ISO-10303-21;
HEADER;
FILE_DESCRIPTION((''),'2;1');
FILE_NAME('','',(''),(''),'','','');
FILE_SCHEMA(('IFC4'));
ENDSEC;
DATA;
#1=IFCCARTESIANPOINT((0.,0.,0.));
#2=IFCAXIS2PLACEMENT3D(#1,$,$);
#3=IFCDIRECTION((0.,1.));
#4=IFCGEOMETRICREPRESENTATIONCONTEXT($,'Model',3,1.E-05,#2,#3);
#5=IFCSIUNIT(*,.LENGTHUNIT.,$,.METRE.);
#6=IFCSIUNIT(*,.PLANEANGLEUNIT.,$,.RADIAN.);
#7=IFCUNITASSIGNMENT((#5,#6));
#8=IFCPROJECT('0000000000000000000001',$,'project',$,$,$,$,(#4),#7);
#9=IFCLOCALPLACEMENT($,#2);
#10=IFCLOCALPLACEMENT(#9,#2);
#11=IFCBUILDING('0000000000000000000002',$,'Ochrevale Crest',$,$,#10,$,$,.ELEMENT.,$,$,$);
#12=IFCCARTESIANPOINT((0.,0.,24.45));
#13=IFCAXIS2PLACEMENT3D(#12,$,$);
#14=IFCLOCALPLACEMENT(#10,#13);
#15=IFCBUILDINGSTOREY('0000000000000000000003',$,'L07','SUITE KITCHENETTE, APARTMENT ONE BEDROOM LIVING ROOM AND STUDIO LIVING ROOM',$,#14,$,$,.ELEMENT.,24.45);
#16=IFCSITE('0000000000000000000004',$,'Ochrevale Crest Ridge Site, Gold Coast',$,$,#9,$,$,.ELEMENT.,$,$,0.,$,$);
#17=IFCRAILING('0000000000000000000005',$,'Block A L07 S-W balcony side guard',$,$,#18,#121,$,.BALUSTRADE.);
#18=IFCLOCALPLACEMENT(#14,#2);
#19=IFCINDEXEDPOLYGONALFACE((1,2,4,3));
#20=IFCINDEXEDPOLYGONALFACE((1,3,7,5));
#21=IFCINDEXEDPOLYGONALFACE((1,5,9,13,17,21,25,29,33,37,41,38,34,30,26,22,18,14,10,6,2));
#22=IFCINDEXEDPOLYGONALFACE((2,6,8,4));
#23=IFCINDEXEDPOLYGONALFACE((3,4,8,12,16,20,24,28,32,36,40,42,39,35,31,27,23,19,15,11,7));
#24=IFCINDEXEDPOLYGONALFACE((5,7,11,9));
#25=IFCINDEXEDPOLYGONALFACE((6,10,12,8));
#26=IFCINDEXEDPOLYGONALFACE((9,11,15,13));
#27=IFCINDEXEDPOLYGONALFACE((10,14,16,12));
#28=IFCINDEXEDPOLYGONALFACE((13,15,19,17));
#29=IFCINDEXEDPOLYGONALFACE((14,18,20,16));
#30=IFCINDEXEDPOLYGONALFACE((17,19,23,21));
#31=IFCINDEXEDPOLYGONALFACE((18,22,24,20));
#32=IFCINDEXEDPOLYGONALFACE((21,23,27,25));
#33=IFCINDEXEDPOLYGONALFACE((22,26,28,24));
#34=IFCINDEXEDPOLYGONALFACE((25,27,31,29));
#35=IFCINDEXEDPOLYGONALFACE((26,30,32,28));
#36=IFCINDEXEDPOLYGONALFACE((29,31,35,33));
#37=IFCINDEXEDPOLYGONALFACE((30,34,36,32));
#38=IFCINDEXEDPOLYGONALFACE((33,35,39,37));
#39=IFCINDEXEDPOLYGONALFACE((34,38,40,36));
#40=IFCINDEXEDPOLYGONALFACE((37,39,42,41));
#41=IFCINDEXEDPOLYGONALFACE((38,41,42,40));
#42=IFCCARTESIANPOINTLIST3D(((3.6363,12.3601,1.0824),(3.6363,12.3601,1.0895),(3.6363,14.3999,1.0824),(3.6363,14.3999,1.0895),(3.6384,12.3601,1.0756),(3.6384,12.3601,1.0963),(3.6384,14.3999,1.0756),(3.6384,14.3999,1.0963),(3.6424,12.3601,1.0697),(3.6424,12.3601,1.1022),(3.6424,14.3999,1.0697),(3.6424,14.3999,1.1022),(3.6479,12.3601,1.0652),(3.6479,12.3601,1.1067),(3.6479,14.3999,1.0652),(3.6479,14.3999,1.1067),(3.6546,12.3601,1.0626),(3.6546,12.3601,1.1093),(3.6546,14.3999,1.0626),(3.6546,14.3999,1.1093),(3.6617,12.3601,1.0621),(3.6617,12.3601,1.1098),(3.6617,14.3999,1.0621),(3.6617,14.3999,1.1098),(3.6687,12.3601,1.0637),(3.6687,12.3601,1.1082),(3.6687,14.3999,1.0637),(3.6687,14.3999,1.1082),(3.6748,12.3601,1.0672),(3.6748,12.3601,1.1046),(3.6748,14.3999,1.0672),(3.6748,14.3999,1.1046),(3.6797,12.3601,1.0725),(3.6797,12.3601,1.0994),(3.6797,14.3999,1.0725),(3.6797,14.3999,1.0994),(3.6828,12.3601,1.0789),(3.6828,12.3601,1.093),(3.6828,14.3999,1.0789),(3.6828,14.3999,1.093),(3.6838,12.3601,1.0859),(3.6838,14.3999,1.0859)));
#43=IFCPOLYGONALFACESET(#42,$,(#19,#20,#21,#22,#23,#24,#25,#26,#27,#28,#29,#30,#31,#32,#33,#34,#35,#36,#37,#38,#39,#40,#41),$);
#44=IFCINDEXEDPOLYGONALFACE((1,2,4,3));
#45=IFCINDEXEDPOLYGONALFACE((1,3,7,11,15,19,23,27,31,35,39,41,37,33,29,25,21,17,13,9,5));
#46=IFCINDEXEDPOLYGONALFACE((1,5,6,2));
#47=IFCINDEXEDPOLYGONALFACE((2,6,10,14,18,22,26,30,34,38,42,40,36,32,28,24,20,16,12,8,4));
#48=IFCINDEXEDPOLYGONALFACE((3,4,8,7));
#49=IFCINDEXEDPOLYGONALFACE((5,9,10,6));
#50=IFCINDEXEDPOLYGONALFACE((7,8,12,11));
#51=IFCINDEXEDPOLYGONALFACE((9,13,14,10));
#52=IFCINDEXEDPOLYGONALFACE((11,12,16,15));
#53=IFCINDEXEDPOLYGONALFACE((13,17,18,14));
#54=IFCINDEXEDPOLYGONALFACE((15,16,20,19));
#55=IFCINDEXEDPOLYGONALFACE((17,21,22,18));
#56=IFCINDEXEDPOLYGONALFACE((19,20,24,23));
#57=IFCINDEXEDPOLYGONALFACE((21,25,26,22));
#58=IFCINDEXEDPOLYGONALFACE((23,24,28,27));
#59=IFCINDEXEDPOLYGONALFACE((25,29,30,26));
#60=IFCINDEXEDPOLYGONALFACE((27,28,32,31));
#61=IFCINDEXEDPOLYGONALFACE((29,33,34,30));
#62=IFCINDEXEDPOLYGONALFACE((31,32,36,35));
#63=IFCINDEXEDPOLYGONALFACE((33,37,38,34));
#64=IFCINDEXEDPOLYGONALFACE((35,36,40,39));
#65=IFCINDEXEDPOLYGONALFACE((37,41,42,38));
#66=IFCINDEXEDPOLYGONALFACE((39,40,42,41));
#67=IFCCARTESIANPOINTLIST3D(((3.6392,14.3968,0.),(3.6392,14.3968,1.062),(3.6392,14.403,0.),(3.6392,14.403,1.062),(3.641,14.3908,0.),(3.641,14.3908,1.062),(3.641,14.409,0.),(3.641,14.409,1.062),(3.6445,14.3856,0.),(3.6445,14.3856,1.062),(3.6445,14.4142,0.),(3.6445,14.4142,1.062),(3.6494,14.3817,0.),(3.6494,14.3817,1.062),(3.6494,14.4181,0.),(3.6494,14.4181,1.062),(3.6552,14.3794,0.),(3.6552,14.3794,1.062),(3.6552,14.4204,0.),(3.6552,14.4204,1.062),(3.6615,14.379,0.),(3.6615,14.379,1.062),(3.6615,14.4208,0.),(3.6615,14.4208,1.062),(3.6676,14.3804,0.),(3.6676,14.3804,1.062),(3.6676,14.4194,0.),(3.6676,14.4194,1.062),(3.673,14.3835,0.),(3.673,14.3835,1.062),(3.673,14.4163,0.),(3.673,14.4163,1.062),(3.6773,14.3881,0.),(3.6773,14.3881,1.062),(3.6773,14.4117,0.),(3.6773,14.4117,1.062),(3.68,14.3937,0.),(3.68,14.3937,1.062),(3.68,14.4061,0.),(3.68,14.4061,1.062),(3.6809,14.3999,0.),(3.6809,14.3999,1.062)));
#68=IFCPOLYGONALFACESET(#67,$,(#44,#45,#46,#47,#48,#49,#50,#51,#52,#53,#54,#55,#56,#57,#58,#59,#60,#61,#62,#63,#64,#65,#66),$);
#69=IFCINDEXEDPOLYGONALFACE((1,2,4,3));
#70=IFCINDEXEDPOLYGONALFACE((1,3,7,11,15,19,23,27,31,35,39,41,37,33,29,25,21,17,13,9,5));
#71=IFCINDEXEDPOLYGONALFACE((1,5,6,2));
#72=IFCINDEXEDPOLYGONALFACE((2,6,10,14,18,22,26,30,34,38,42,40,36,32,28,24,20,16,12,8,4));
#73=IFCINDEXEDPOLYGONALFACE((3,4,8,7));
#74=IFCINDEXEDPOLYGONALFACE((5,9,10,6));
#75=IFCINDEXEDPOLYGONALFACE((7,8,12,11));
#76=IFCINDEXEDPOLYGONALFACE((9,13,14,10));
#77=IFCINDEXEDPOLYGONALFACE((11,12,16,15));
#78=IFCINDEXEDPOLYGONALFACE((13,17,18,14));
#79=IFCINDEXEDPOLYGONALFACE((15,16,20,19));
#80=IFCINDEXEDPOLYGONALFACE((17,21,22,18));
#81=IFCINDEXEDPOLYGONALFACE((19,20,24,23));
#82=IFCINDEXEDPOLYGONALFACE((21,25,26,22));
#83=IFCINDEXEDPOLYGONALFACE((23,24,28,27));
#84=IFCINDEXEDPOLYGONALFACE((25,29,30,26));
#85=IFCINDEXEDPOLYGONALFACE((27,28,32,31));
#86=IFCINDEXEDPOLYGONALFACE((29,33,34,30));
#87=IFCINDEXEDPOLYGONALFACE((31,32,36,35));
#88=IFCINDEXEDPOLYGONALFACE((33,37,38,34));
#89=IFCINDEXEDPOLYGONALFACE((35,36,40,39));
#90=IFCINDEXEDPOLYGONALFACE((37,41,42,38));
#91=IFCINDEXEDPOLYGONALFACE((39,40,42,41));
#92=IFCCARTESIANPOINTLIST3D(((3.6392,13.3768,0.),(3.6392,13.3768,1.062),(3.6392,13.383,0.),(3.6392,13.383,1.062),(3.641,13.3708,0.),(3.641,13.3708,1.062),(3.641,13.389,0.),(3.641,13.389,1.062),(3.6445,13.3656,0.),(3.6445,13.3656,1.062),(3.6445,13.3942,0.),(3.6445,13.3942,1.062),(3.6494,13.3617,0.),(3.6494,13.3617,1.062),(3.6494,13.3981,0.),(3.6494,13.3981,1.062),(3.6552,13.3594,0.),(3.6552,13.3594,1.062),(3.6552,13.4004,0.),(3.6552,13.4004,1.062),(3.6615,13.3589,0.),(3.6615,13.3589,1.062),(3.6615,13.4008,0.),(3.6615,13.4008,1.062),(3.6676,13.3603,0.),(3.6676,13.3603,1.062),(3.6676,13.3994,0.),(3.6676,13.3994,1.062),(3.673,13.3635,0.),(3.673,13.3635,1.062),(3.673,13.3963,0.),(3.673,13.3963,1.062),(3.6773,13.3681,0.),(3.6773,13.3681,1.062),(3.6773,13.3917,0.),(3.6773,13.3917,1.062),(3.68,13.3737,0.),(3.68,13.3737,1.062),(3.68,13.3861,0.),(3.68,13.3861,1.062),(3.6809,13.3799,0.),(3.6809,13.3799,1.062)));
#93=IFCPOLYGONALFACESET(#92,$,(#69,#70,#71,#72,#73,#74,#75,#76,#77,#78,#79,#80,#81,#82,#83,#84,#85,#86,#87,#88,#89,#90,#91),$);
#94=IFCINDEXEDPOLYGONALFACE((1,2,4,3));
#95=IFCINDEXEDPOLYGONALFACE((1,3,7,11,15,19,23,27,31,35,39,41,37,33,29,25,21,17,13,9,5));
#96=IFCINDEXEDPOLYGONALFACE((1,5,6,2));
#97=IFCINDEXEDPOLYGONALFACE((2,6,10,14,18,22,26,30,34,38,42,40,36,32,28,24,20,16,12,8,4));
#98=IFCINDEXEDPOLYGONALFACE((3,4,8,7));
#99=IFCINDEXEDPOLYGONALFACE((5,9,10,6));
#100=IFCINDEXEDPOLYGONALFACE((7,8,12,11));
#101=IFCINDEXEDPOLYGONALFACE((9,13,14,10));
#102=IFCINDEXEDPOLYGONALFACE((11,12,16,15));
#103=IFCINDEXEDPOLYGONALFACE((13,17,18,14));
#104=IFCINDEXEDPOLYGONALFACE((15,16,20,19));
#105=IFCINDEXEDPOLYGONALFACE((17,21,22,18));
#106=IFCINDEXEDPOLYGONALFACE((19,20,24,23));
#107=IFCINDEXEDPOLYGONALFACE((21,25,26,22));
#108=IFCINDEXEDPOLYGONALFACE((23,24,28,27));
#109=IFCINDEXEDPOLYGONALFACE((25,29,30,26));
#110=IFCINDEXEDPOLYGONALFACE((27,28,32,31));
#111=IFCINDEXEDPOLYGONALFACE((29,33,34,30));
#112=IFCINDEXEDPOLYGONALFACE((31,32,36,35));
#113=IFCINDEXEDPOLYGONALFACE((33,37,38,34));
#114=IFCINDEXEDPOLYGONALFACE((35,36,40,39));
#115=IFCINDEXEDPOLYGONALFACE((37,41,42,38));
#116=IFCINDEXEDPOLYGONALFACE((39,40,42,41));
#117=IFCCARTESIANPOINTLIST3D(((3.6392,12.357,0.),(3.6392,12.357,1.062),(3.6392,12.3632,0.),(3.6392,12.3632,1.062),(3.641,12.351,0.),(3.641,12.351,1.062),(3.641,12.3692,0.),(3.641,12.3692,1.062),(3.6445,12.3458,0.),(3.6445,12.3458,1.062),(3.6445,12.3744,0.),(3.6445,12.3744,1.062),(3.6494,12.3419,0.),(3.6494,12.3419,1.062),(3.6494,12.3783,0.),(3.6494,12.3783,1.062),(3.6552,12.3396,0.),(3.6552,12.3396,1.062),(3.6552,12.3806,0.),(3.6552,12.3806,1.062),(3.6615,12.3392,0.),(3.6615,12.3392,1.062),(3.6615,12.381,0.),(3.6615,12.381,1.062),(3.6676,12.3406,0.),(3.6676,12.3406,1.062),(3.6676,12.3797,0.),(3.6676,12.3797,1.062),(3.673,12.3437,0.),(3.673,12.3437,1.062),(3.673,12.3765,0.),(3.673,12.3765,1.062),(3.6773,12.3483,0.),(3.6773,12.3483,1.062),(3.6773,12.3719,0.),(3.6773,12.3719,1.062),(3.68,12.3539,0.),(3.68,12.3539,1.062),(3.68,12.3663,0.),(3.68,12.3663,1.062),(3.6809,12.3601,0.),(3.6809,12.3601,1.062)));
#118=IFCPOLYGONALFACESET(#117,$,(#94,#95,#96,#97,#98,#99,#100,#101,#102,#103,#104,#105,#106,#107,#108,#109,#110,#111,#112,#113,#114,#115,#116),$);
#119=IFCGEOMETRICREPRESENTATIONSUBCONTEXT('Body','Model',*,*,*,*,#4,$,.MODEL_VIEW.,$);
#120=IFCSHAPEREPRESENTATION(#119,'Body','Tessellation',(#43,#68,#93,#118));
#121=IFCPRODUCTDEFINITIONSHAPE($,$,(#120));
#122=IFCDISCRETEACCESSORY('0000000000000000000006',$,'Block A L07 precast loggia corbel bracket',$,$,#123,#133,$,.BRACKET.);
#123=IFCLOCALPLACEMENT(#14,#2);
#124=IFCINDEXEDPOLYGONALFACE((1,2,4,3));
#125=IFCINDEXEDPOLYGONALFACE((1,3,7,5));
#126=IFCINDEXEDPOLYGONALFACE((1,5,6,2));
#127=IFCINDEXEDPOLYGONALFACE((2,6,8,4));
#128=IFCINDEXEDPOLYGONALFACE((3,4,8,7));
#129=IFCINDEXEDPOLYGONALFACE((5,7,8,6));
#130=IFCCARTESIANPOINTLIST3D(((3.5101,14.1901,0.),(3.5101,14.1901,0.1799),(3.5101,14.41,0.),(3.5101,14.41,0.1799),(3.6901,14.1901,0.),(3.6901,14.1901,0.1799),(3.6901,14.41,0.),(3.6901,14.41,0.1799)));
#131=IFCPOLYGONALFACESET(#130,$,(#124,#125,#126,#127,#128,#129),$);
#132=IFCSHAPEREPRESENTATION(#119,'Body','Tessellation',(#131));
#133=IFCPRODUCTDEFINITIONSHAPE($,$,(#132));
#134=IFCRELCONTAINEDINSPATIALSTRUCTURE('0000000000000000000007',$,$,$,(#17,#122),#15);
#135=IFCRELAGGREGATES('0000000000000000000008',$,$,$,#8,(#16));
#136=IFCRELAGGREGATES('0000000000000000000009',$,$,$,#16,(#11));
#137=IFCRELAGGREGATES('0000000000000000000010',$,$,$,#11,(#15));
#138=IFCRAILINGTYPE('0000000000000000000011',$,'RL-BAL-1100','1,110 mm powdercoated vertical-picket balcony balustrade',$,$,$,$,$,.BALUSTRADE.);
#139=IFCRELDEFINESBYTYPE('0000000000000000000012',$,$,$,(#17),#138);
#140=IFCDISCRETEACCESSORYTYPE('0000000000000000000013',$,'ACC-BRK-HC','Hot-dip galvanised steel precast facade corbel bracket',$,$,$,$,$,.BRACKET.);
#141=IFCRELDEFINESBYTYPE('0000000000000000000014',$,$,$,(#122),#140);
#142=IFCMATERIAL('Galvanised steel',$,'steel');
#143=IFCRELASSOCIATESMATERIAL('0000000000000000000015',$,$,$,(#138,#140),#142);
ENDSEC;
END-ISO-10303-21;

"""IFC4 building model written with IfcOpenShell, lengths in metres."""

from ifc_helpers import new_model, si_unit, direction, frame, origin, origin_2d, place, context, subcontext, project, spatial, rectangle, circle, extrude, material, type_object, element, save


model = new_model("IFC4")

# Units and contexts
model_context = context("Model", 3, precision=1e-05, world=origin(), true_north=direction((0.0, 1.0)))
body_context = subcontext(model_context, "Body", "Model", "MODEL_VIEW")
ifc_project = project(units=[si_unit("LENGTHUNIT", "METRE"), si_unit("PLANEANGLEUNIT", "RADIAN")], contexts=[model_context])

# Site, building, storey
site_placement = place(None, origin())
site = spatial("IfcSite", under=ifc_project, at=site_placement, Name="Ochrevale Crest Ridge Site, Gold Coast", CompositionType="ELEMENT", RefElevation=0.0)
building_placement = place(site_placement, origin())
building = spatial("IfcBuilding", under=site, at=building_placement, Name="Ochrevale Crest", CompositionType="ELEMENT")
storey_placement = place(building_placement, frame((0.0, 0.0, 24.45)))
storey = spatial("IfcBuildingStorey", under=building, at=storey_placement, Name="L07", Description="SUITE KITCHENETTE, APARTMENT ONE BEDROOM LIVING ROOM AND STUDIO LIVING ROOM", CompositionType="ELEMENT", Elevation=24.45)

# Railing
ifc_material_1 = material(Name="Galvanised steel", Category="steel")
railing_type = type_object("IfcRailingType", Name="RL-BAL-1100", Description="1,110 mm powdercoated vertical-picket balcony balustrade", PredefinedType="BALUSTRADE", material=ifc_material_1)
railing_placement = place(storey_placement, frame((3.6599, 14.3999, 0.0)))
element("IfcRailing", 1, at=railing_placement, inside=storey, type_object=railing_type, Name="Block A L07 S-W balcony side guard", PredefinedType="BALUSTRADE", context=body_context, shape_type="SweptSolid", body=[
    extrude(circle(Radius=0.0239, at=origin_2d()), frame((0.0, 0.0, 1.0859), z_axis=(0.0, -1.0, 0.0), x_axis=(1.0, 0.0, 0.0)), (0.0, 0.0, 1.0), 2.0398),
    extrude(circle(Radius=0.021, at=origin_2d()), origin(), (0.0, 0.0, 1.0), 1.062),
    extrude(circle(Radius=0.021, at=origin_2d()), frame((0.0, -1.02, 0.0)), (0.0, 0.0, 1.0), 1.062),
    extrude(circle(Radius=0.021, at=origin_2d()), frame((0.0, -2.0398, 0.0)), (0.0, 0.0, 1.0), 1.062),
])

# Discrete accessory
discrete_accessory_type = type_object("IfcDiscreteAccessoryType", Name="ACC-BRK-HC", Description="Hot-dip galvanised steel precast facade corbel bracket", PredefinedType="BRACKET", material=ifc_material_1)
discrete_accessory_placement = place(storey_placement, frame((3.6001, 14.3, 0.0), z_axis=(0.0, 0.0, 1.0), x_axis=(1.0, 0.0, 0.0)))
element("IfcDiscreteAccessory", 2, at=discrete_accessory_placement, inside=storey, type_object=discrete_accessory_type, Name="Block A L07 precast loggia corbel bracket", PredefinedType="BRACKET", context=body_context, shape_type="SweptSolid", body=[
    extrude(rectangle(XDim=0.1799, YDim=0.22, at=origin_2d()), origin(), (0.0, 0.0, 1.0), 0.1799),
])

save(model, "model.ifc")
